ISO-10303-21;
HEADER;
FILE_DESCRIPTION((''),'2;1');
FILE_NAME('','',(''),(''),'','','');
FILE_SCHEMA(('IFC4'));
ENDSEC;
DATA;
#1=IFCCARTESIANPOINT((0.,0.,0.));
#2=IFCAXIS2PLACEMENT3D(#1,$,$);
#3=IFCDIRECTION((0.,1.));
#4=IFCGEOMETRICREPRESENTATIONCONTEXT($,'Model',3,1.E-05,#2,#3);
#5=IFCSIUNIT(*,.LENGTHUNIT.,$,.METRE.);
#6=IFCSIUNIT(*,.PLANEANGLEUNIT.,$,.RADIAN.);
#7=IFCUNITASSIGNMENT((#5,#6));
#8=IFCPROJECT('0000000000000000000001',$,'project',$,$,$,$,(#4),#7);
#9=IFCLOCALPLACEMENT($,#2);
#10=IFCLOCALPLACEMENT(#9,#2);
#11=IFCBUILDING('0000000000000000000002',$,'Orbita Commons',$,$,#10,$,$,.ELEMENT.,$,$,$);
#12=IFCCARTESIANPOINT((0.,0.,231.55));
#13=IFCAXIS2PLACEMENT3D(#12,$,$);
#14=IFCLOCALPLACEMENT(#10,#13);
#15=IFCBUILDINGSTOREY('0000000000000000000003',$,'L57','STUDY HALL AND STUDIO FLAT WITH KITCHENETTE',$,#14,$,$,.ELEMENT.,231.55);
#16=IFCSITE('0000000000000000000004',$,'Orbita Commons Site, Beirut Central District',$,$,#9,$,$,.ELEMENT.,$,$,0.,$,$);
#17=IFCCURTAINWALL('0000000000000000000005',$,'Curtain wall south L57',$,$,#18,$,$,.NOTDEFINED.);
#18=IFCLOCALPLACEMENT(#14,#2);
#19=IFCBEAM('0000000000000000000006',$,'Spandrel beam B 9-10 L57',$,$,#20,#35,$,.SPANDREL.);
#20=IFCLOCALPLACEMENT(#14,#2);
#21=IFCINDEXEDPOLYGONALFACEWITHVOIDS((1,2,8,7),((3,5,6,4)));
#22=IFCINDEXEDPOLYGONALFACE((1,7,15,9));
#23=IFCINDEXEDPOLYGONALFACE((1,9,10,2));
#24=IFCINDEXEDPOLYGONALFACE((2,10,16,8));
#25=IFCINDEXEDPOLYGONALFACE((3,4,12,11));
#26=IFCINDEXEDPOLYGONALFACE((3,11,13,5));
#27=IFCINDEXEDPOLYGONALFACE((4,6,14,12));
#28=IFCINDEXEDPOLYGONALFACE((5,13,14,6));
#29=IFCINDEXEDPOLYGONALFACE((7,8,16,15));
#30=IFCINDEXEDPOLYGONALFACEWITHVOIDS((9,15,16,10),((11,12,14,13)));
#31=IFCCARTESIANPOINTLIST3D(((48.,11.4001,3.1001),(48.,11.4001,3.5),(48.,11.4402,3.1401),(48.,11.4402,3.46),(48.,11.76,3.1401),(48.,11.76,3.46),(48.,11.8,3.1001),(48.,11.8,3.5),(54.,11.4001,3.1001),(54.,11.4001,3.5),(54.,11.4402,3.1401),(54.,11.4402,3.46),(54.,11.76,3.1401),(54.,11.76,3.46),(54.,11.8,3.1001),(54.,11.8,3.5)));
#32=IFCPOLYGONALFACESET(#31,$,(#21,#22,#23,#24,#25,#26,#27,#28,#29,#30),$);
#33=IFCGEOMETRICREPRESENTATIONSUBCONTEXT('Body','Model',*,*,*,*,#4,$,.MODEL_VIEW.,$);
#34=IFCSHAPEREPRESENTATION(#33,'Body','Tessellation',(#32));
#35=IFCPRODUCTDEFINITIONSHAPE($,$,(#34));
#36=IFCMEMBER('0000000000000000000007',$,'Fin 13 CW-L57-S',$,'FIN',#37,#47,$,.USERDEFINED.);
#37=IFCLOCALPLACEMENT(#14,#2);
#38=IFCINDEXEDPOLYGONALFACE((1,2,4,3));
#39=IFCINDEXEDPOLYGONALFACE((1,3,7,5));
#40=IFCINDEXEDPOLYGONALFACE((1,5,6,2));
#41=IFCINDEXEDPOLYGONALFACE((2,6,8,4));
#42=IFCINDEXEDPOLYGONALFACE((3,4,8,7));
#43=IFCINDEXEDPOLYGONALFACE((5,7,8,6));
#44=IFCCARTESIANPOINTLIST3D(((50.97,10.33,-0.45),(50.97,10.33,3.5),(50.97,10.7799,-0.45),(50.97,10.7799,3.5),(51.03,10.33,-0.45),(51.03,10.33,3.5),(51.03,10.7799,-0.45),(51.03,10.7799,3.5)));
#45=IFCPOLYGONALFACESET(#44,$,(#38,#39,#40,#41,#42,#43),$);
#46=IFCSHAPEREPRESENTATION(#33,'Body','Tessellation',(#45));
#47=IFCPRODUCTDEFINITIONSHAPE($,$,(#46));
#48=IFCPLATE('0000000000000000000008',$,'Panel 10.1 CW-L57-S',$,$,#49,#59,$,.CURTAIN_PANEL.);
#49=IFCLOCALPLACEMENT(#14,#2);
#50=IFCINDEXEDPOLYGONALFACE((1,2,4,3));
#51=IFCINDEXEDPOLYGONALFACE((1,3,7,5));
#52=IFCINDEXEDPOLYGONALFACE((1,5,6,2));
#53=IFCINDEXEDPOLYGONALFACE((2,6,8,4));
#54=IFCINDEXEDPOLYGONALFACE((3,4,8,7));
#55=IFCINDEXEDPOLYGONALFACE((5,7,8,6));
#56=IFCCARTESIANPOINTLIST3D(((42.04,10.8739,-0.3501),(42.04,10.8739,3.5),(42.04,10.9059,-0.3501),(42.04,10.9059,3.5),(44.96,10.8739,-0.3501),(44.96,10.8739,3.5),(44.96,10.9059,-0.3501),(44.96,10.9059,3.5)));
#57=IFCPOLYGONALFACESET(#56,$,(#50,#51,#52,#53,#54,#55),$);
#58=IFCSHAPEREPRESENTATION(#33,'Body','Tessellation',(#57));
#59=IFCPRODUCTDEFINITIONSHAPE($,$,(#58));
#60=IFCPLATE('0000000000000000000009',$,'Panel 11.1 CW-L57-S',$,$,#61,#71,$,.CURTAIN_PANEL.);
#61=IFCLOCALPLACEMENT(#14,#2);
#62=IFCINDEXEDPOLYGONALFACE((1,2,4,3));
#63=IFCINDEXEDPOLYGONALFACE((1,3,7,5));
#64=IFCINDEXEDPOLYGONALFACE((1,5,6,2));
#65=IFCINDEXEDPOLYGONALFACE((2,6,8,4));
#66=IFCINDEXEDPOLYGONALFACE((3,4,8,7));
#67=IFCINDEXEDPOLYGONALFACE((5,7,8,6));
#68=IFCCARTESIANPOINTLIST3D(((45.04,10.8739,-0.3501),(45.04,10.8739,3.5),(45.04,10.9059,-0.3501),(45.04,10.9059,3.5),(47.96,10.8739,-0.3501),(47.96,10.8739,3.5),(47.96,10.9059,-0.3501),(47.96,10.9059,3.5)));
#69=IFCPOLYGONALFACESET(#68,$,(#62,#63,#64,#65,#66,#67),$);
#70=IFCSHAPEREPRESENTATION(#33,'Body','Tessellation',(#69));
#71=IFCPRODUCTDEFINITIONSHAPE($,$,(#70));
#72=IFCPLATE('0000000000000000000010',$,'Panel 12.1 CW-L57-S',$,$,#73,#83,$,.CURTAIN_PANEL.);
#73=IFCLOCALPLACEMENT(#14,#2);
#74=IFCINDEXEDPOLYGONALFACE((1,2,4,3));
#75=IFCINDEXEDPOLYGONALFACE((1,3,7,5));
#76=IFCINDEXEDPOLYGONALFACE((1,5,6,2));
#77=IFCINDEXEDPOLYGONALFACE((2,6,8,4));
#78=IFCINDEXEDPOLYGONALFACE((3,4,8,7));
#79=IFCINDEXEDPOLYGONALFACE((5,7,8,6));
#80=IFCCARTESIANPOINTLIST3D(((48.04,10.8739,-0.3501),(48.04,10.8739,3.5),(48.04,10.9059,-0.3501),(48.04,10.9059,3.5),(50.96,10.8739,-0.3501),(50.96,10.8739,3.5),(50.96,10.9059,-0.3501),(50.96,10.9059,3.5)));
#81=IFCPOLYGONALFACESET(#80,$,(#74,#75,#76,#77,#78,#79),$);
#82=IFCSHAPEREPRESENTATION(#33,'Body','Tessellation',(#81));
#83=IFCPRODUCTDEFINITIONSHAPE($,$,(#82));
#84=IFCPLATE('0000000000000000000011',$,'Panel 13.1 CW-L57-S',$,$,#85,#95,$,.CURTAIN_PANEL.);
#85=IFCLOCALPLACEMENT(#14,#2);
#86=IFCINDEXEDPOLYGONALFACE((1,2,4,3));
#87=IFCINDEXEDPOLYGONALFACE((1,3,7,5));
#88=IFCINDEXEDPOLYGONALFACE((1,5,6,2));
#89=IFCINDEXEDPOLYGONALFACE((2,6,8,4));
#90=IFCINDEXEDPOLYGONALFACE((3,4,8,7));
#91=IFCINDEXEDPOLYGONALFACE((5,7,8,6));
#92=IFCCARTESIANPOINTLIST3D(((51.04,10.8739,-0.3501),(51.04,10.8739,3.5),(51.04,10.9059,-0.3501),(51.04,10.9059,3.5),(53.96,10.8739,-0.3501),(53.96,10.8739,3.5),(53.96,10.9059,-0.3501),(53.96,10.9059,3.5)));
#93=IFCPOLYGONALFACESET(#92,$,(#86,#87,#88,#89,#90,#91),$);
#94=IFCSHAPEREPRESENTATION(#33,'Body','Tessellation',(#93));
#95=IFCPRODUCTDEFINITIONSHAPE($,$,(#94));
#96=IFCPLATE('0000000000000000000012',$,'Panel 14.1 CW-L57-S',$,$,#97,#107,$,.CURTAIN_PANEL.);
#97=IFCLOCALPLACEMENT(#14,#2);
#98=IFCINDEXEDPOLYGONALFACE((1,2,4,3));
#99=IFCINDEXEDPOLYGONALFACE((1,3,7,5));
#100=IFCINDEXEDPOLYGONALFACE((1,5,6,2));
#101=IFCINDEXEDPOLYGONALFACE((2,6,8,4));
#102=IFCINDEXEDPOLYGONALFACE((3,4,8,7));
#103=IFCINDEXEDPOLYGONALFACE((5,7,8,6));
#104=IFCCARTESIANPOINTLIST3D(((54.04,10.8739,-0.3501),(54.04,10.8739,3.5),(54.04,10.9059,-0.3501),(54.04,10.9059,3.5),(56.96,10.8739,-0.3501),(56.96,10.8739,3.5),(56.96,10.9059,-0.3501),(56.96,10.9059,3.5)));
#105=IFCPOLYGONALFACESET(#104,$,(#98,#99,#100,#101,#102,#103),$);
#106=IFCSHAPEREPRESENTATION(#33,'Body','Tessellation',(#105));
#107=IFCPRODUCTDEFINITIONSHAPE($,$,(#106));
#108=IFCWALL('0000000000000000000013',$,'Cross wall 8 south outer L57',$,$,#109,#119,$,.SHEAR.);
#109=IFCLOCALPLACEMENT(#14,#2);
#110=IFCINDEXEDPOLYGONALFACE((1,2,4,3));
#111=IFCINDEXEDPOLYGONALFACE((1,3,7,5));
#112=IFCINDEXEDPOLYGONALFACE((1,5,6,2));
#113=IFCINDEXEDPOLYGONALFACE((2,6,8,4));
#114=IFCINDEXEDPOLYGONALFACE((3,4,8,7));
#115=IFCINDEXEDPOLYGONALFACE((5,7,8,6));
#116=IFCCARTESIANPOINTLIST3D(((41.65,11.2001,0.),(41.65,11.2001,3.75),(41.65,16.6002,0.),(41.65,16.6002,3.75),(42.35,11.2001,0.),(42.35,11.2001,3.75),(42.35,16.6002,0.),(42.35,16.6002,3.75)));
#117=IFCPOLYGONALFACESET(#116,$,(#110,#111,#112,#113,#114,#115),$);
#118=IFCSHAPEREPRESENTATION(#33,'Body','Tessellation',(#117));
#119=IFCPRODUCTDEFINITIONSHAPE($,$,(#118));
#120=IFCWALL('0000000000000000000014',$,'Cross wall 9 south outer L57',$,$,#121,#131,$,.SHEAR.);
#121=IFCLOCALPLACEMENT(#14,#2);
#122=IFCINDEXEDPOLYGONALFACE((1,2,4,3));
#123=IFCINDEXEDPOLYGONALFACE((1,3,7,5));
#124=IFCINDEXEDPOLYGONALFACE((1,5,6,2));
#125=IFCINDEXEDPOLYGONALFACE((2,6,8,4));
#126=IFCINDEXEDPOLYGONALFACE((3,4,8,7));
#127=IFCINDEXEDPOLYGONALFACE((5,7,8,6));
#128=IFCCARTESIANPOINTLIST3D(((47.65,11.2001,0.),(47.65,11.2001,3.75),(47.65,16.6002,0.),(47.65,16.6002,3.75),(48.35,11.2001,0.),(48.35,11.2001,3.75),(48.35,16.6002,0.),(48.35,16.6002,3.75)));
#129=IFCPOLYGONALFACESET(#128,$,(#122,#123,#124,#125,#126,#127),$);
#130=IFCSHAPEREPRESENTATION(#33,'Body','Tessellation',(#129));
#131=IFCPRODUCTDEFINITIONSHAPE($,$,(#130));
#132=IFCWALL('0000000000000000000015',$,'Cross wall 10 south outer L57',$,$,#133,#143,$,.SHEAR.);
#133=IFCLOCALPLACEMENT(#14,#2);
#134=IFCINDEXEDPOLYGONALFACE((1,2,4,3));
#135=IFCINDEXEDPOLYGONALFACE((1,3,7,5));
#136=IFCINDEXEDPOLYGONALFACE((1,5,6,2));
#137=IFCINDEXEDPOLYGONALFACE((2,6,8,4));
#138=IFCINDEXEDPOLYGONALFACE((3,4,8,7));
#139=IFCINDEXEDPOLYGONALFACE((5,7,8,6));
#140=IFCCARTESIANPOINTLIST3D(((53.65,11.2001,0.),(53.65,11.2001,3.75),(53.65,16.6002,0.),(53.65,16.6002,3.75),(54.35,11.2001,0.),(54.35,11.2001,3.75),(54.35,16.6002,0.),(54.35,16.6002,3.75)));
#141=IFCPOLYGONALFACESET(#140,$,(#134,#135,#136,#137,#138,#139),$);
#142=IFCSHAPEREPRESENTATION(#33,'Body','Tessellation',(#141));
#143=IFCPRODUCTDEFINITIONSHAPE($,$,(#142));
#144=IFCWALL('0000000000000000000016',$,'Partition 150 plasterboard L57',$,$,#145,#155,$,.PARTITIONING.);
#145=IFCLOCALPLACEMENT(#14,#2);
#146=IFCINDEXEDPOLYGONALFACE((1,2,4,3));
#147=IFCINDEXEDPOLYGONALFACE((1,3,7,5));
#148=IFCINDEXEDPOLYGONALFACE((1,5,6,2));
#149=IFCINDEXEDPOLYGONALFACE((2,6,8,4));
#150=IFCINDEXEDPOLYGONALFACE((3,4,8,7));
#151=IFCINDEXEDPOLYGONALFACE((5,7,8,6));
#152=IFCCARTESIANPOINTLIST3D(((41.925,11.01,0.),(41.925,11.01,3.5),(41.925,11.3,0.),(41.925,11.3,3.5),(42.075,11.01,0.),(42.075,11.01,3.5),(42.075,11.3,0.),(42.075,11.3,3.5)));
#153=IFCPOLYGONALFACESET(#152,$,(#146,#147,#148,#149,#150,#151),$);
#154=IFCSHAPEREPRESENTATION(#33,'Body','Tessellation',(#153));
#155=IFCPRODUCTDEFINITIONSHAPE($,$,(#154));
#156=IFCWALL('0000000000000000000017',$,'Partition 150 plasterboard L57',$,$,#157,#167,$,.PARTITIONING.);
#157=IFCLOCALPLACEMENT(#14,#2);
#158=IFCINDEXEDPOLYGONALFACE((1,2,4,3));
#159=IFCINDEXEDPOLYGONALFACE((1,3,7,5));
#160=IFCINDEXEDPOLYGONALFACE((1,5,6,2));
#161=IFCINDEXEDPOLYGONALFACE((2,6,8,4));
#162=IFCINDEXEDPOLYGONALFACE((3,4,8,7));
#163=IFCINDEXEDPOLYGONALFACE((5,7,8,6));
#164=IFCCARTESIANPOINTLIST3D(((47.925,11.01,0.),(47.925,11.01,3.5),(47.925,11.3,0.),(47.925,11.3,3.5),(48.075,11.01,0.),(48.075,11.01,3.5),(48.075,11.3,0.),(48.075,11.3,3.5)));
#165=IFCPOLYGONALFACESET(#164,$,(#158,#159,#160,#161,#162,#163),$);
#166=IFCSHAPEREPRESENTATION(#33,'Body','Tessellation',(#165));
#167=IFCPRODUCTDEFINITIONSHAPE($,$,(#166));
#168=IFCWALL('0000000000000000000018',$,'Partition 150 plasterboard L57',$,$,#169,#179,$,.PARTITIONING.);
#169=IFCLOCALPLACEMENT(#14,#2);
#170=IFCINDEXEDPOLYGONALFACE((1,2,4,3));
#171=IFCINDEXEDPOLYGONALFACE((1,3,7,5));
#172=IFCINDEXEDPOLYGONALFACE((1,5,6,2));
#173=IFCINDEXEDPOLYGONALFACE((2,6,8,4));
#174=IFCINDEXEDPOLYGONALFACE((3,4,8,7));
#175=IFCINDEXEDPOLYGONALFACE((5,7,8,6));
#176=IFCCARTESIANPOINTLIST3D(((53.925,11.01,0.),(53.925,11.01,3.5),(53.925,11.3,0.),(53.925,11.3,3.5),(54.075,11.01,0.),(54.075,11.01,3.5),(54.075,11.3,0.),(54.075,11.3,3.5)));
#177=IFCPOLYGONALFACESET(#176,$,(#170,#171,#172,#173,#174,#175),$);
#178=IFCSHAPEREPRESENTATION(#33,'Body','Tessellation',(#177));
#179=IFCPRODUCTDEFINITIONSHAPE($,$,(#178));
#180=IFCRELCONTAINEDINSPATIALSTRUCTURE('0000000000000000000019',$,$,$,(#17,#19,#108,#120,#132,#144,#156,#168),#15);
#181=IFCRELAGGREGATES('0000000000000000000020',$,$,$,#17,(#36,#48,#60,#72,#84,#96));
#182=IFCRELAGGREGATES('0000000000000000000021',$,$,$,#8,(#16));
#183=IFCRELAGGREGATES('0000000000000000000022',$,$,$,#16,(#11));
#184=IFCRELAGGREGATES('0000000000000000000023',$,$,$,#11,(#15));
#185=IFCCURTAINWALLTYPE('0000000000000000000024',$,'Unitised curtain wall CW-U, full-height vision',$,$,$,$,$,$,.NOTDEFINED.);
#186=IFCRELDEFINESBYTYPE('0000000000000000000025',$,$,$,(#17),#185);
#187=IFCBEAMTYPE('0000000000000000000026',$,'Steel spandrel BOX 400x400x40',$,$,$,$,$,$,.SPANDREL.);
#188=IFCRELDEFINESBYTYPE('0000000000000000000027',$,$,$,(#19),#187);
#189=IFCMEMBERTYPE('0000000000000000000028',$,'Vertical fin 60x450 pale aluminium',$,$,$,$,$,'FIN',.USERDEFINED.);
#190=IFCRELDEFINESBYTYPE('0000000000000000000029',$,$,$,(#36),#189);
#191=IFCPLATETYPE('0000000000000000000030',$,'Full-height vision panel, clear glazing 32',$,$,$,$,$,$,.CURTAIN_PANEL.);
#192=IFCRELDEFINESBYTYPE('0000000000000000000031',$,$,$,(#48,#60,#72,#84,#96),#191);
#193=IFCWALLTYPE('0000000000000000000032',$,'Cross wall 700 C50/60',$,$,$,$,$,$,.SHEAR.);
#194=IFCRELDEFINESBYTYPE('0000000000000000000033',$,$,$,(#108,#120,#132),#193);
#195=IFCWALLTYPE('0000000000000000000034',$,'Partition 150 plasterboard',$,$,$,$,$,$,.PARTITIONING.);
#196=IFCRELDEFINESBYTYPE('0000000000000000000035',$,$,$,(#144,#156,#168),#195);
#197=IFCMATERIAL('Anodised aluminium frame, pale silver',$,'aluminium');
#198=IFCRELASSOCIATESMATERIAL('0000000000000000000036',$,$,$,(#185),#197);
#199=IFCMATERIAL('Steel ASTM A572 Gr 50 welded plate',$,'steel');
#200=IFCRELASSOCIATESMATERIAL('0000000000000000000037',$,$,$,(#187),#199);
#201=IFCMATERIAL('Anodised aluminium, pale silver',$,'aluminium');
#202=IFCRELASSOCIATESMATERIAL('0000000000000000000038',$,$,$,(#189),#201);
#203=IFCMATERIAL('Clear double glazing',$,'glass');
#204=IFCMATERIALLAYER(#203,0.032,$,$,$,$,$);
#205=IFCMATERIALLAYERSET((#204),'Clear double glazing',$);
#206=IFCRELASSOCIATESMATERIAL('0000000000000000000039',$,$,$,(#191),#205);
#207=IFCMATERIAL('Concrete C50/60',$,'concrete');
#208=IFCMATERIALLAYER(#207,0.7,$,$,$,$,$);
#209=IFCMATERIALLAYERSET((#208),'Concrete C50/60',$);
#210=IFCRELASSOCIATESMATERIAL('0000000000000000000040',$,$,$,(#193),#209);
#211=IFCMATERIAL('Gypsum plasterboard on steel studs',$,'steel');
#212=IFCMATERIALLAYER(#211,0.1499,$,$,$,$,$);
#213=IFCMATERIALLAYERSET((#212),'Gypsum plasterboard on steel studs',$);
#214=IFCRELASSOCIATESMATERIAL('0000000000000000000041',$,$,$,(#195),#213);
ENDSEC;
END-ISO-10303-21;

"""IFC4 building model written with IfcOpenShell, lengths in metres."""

from ifc_helpers import new_model, si_unit, direction, frame, frame_2d, origin, origin_2d, place, context, subcontext, project, spatial, rectangle, hollow_rectangle, extrude, material, layer, layer_set, material_profile, profile_set, type_object, element, aggregate, save


model = new_model("IFC4")

# Units and contexts
model_context = context("Model", 3, precision=1e-05, world=origin(), true_north=direction((0.0, 1.0)))
body_context = subcontext(model_context, "Body", "Model", "MODEL_VIEW")
ifc_project = project(units=[si_unit("LENGTHUNIT", "METRE"), si_unit("PLANEANGLEUNIT", "RADIAN")], contexts=[model_context])

# Site, building, storey
site_placement = place(None, origin())
site = spatial("IfcSite", under=ifc_project, at=site_placement, Name="Orbita Commons Site, Beirut Central District", CompositionType="ELEMENT", RefElevation=0.0)
building_placement = place(site_placement, origin())
building = spatial("IfcBuilding", under=site, at=building_placement, Name="Orbita Commons", CompositionType="ELEMENT")
storey_placement = place(building_placement, frame((0.0, 0.0, 231.55)))
storey = spatial("IfcBuildingStorey", under=building, at=storey_placement, Name="L57", Description="STUDY HALL AND STUDIO FLAT WITH KITCHENETTE", CompositionType="ELEMENT", Elevation=231.55)

# Curtain wall
ifc_material_1 = material(Name="Anodised aluminium frame, pale silver", Category="aluminium")
curtain_wall_type = type_object("IfcCurtainWallType", Name="Unitised curtain wall CW-U, full-height vision", PredefinedType="NOTDEFINED", material=ifc_material_1)
curtain_wall_placement = place(storey_placement, origin())
curtain_wall = element("IfcCurtainWall", 1, at=curtain_wall_placement, inside=storey, type_object=curtain_wall_type, Name="Curtain wall south L57", PredefinedType="NOTDEFINED")

# Beam
ifc_material_2 = material(Name="Steel ASTM A572 Gr 50 welded plate", Category="steel")
ifc_material_profile_1 = material_profile(ifc_material_2, hollow_rectangle(XDim=0.3999, YDim=0.3999, WallThickness=0.04, at=origin_2d()), Name="BOX 400x400x40")
ifc_profile_set_1 = profile_set([ifc_material_profile_1], Name="Steel ASTM A572 Gr 50 welded plate")
beam_type = type_object("IfcBeamType", Name="Steel spandrel BOX 400x400x40", PredefinedType="SPANDREL", material=ifc_profile_set_1)
for number, where, z_axis, x_axis, name in (
    (2, (48.0, 11.6001, 3.3), (1.0, 0.0, 0.0), (0.0, 1.0, 0.0), "Spandrel beam B 9-10 L57"),
):
    element("IfcBeam", number, at=place(storey_placement, frame(where, z_axis=z_axis, x_axis=x_axis)), inside=storey, type_object=beam_type, Name=name, PredefinedType="SPANDREL", context=body_context, shape_type="SweptSolid", body=[
        extrude(hollow_rectangle(XDim=0.3999, YDim=0.3999, WallThickness=0.04, at=origin_2d()), origin(), (0.0, 0.0, 1.0), 6.0),
    ])

# Member
ifc_material_3 = material(Name="Anodised aluminium, pale silver", Category="aluminium")
ifc_material_profile_2 = material_profile(ifc_material_3, rectangle(XDim=0.0601, YDim=0.45, at=origin_2d()), Name="FIN 60x450")
ifc_profile_set_2 = profile_set([ifc_material_profile_2], Name="Anodised aluminium, pale silver")
member_type_1 = type_object("IfcMemberType", Name="Vertical fin 60x450 pale aluminium", ElementType="FIN", PredefinedType="USERDEFINED", material=ifc_profile_set_2)
member_1_placement = place(storey_placement, frame((51.0, 10.5549, -0.45), z_axis=(0.0, 0.0, 1.0), x_axis=(1.0, 0.0, 0.0)))
member_1 = element("IfcMember", 3, at=member_1_placement, type_object=member_type_1, Name="Fin 13 CW-L57-S", ObjectType="FIN", PredefinedType="USERDEFINED", context=body_context, shape_type="SweptSolid", body=[
    extrude(rectangle(XDim=0.0601, YDim=0.45, at=origin_2d()), origin(), (0.0, 0.0, 1.0), 3.95),
])

# Plates
ifc_material_4 = material(Name="Clear double glazing", Category="glass")
ifc_layer_1 = layer(ifc_material_4, 0.032)
ifc_layer_set_1 = layer_set([ifc_layer_1], Name="Clear double glazing")
plate_type = type_object("IfcPlateType", Name="Full-height vision panel, clear glazing 32", PredefinedType="CURTAIN_PANEL", material=ifc_layer_set_1)
plate_1_placement = place(storey_placement, frame((43.5, 10.8899, -0.3501), z_axis=(0.0, 0.0, 1.0), x_axis=(1.0, 0.0, 0.0)))
plate_1 = element("IfcPlate", 4, at=plate_1_placement, type_object=plate_type, Name="Panel 10.1 CW-L57-S", PredefinedType="CURTAIN_PANEL", context=body_context, shape_type="SweptSolid", body=[
    extrude(rectangle(XDim=2.9199, YDim=0.032, at=origin_2d()), origin(), (0.0, 0.0, 1.0), 3.8501),
])
plate_2_placement = place(storey_placement, frame((46.5, 10.8899, -0.3501), z_axis=(0.0, 0.0, 1.0), x_axis=(1.0, 0.0, 0.0)))
plate_2 = element("IfcPlate", 5, at=plate_2_placement, type_object=plate_type, Name="Panel 11.1 CW-L57-S", PredefinedType="CURTAIN_PANEL", context=body_context, shape_type="SweptSolid", body=[
    extrude(rectangle(XDim=2.9199, YDim=0.032, at=origin_2d()), origin(), (0.0, 0.0, 1.0), 3.8501),
])
plate_3_placement = place(storey_placement, frame((49.5, 10.8899, -0.3501), z_axis=(0.0, 0.0, 1.0), x_axis=(1.0, 0.0, 0.0)))
plate_3 = element("IfcPlate", 6, at=plate_3_placement, type_object=plate_type, Name="Panel 12.1 CW-L57-S", PredefinedType="CURTAIN_PANEL", context=body_context, shape_type="SweptSolid", body=[
    extrude(rectangle(XDim=2.9199, YDim=0.032, at=origin_2d()), origin(), (0.0, 0.0, 1.0), 3.8501),
])
plate_4_placement = place(storey_placement, frame((52.5, 10.8899, -0.3501), z_axis=(0.0, 0.0, 1.0), x_axis=(1.0, 0.0, 0.0)))
plate_4 = element("IfcPlate", 7, at=plate_4_placement, type_object=plate_type, Name="Panel 13.1 CW-L57-S", PredefinedType="CURTAIN_PANEL", context=body_context, shape_type="SweptSolid", body=[
    extrude(rectangle(XDim=2.9199, YDim=0.032, at=origin_2d()), origin(), (0.0, 0.0, 1.0), 3.8501),
])
plate_5_placement = place(storey_placement, frame((55.5, 10.8899, -0.3501), z_axis=(0.0, 0.0, 1.0), x_axis=(1.0, 0.0, 0.0)))
plate_5 = element("IfcPlate", 8, at=plate_5_placement, type_object=plate_type, Name="Panel 14.1 CW-L57-S", PredefinedType="CURTAIN_PANEL", context=body_context, shape_type="SweptSolid", body=[
    extrude(rectangle(XDim=2.9199, YDim=0.032, at=origin_2d()), origin(), (0.0, 0.0, 1.0), 3.8501),
])
aggregate(curtain_wall, [member_1, plate_1, plate_2, plate_3, plate_4, plate_5])

# Walls
ifc_material_5 = material(Name="Concrete C50/60", Category="concrete")
ifc_layer_2 = layer(ifc_material_5, 0.7)
ifc_layer_set_2 = layer_set([ifc_layer_2], Name="Concrete C50/60")
wall_type_1 = type_object("IfcWallType", Name="Cross wall 700 C50/60", PredefinedType="SHEAR", material=ifc_layer_set_2)
for number, where, z_axis, x_axis, name in (
    (9, (42.0, 11.2, 0.0), (0.0, 0.0, 1.0), (0.0, 1.0, 0.0), "Cross wall 8 south outer L57"),
    (10, (48.0, 11.2, 0.0), (0.0, 0.0, 1.0), (0.0, 1.0, 0.0), "Cross wall 9 south outer L57"),
    (11, (54.0, 11.2, 0.0), (0.0, 0.0, 1.0), (0.0, 1.0, 0.0), "Cross wall 10 south outer L57"),
):
    element("IfcWall", number, at=place(storey_placement, frame(where, z_axis=z_axis, x_axis=x_axis)), inside=storey, type_object=wall_type_1, Name=name, PredefinedType="SHEAR", context=body_context, shape_type="SweptSolid", body=[
        extrude(rectangle(XDim=5.4001, YDim=0.7, at=frame_2d((2.7002, 0.0))), origin(), (0.0, 0.0, 1.0), 3.75),
    ])
ifc_material_6 = material(Name="Gypsum plasterboard on steel studs", Category="steel")
ifc_layer_3 = layer(ifc_material_6, 0.1499)
ifc_layer_set_3 = layer_set([ifc_layer_3], Name="Gypsum plasterboard on steel studs")
wall_type_2 = type_object("IfcWallType", Name="Partition 150 plasterboard", PredefinedType="PARTITIONING", material=ifc_layer_set_3)
for number, where, z_axis, x_axis, name in (
    (12, (42.0, 11.3, 0.0), (0.0, 0.0, 1.0), (0.0, -1.0, 0.0), "Partition 150 plasterboard L57"),
    (13, (48.0, 11.3, 0.0), (0.0, 0.0, 1.0), (0.0, -1.0, 0.0), "Partition 150 plasterboard L57"),
    (14, (54.0, 11.3, 0.0), (0.0, 0.0, 1.0), (0.0, -1.0, 0.0), "Partition 150 plasterboard L57"),
):
    element("IfcWall", number, at=place(storey_placement, frame(where, z_axis=z_axis, x_axis=x_axis)), inside=storey, type_object=wall_type_2, Name=name, PredefinedType="PARTITIONING", context=body_context, shape_type="SweptSolid", body=[
        extrude(rectangle(XDim=0.29, YDim=0.1499, at=frame_2d((0.145, 0.0))), origin(), (0.0, 0.0, 1.0), 3.5),
    ])

save(model, "model.ifc")
